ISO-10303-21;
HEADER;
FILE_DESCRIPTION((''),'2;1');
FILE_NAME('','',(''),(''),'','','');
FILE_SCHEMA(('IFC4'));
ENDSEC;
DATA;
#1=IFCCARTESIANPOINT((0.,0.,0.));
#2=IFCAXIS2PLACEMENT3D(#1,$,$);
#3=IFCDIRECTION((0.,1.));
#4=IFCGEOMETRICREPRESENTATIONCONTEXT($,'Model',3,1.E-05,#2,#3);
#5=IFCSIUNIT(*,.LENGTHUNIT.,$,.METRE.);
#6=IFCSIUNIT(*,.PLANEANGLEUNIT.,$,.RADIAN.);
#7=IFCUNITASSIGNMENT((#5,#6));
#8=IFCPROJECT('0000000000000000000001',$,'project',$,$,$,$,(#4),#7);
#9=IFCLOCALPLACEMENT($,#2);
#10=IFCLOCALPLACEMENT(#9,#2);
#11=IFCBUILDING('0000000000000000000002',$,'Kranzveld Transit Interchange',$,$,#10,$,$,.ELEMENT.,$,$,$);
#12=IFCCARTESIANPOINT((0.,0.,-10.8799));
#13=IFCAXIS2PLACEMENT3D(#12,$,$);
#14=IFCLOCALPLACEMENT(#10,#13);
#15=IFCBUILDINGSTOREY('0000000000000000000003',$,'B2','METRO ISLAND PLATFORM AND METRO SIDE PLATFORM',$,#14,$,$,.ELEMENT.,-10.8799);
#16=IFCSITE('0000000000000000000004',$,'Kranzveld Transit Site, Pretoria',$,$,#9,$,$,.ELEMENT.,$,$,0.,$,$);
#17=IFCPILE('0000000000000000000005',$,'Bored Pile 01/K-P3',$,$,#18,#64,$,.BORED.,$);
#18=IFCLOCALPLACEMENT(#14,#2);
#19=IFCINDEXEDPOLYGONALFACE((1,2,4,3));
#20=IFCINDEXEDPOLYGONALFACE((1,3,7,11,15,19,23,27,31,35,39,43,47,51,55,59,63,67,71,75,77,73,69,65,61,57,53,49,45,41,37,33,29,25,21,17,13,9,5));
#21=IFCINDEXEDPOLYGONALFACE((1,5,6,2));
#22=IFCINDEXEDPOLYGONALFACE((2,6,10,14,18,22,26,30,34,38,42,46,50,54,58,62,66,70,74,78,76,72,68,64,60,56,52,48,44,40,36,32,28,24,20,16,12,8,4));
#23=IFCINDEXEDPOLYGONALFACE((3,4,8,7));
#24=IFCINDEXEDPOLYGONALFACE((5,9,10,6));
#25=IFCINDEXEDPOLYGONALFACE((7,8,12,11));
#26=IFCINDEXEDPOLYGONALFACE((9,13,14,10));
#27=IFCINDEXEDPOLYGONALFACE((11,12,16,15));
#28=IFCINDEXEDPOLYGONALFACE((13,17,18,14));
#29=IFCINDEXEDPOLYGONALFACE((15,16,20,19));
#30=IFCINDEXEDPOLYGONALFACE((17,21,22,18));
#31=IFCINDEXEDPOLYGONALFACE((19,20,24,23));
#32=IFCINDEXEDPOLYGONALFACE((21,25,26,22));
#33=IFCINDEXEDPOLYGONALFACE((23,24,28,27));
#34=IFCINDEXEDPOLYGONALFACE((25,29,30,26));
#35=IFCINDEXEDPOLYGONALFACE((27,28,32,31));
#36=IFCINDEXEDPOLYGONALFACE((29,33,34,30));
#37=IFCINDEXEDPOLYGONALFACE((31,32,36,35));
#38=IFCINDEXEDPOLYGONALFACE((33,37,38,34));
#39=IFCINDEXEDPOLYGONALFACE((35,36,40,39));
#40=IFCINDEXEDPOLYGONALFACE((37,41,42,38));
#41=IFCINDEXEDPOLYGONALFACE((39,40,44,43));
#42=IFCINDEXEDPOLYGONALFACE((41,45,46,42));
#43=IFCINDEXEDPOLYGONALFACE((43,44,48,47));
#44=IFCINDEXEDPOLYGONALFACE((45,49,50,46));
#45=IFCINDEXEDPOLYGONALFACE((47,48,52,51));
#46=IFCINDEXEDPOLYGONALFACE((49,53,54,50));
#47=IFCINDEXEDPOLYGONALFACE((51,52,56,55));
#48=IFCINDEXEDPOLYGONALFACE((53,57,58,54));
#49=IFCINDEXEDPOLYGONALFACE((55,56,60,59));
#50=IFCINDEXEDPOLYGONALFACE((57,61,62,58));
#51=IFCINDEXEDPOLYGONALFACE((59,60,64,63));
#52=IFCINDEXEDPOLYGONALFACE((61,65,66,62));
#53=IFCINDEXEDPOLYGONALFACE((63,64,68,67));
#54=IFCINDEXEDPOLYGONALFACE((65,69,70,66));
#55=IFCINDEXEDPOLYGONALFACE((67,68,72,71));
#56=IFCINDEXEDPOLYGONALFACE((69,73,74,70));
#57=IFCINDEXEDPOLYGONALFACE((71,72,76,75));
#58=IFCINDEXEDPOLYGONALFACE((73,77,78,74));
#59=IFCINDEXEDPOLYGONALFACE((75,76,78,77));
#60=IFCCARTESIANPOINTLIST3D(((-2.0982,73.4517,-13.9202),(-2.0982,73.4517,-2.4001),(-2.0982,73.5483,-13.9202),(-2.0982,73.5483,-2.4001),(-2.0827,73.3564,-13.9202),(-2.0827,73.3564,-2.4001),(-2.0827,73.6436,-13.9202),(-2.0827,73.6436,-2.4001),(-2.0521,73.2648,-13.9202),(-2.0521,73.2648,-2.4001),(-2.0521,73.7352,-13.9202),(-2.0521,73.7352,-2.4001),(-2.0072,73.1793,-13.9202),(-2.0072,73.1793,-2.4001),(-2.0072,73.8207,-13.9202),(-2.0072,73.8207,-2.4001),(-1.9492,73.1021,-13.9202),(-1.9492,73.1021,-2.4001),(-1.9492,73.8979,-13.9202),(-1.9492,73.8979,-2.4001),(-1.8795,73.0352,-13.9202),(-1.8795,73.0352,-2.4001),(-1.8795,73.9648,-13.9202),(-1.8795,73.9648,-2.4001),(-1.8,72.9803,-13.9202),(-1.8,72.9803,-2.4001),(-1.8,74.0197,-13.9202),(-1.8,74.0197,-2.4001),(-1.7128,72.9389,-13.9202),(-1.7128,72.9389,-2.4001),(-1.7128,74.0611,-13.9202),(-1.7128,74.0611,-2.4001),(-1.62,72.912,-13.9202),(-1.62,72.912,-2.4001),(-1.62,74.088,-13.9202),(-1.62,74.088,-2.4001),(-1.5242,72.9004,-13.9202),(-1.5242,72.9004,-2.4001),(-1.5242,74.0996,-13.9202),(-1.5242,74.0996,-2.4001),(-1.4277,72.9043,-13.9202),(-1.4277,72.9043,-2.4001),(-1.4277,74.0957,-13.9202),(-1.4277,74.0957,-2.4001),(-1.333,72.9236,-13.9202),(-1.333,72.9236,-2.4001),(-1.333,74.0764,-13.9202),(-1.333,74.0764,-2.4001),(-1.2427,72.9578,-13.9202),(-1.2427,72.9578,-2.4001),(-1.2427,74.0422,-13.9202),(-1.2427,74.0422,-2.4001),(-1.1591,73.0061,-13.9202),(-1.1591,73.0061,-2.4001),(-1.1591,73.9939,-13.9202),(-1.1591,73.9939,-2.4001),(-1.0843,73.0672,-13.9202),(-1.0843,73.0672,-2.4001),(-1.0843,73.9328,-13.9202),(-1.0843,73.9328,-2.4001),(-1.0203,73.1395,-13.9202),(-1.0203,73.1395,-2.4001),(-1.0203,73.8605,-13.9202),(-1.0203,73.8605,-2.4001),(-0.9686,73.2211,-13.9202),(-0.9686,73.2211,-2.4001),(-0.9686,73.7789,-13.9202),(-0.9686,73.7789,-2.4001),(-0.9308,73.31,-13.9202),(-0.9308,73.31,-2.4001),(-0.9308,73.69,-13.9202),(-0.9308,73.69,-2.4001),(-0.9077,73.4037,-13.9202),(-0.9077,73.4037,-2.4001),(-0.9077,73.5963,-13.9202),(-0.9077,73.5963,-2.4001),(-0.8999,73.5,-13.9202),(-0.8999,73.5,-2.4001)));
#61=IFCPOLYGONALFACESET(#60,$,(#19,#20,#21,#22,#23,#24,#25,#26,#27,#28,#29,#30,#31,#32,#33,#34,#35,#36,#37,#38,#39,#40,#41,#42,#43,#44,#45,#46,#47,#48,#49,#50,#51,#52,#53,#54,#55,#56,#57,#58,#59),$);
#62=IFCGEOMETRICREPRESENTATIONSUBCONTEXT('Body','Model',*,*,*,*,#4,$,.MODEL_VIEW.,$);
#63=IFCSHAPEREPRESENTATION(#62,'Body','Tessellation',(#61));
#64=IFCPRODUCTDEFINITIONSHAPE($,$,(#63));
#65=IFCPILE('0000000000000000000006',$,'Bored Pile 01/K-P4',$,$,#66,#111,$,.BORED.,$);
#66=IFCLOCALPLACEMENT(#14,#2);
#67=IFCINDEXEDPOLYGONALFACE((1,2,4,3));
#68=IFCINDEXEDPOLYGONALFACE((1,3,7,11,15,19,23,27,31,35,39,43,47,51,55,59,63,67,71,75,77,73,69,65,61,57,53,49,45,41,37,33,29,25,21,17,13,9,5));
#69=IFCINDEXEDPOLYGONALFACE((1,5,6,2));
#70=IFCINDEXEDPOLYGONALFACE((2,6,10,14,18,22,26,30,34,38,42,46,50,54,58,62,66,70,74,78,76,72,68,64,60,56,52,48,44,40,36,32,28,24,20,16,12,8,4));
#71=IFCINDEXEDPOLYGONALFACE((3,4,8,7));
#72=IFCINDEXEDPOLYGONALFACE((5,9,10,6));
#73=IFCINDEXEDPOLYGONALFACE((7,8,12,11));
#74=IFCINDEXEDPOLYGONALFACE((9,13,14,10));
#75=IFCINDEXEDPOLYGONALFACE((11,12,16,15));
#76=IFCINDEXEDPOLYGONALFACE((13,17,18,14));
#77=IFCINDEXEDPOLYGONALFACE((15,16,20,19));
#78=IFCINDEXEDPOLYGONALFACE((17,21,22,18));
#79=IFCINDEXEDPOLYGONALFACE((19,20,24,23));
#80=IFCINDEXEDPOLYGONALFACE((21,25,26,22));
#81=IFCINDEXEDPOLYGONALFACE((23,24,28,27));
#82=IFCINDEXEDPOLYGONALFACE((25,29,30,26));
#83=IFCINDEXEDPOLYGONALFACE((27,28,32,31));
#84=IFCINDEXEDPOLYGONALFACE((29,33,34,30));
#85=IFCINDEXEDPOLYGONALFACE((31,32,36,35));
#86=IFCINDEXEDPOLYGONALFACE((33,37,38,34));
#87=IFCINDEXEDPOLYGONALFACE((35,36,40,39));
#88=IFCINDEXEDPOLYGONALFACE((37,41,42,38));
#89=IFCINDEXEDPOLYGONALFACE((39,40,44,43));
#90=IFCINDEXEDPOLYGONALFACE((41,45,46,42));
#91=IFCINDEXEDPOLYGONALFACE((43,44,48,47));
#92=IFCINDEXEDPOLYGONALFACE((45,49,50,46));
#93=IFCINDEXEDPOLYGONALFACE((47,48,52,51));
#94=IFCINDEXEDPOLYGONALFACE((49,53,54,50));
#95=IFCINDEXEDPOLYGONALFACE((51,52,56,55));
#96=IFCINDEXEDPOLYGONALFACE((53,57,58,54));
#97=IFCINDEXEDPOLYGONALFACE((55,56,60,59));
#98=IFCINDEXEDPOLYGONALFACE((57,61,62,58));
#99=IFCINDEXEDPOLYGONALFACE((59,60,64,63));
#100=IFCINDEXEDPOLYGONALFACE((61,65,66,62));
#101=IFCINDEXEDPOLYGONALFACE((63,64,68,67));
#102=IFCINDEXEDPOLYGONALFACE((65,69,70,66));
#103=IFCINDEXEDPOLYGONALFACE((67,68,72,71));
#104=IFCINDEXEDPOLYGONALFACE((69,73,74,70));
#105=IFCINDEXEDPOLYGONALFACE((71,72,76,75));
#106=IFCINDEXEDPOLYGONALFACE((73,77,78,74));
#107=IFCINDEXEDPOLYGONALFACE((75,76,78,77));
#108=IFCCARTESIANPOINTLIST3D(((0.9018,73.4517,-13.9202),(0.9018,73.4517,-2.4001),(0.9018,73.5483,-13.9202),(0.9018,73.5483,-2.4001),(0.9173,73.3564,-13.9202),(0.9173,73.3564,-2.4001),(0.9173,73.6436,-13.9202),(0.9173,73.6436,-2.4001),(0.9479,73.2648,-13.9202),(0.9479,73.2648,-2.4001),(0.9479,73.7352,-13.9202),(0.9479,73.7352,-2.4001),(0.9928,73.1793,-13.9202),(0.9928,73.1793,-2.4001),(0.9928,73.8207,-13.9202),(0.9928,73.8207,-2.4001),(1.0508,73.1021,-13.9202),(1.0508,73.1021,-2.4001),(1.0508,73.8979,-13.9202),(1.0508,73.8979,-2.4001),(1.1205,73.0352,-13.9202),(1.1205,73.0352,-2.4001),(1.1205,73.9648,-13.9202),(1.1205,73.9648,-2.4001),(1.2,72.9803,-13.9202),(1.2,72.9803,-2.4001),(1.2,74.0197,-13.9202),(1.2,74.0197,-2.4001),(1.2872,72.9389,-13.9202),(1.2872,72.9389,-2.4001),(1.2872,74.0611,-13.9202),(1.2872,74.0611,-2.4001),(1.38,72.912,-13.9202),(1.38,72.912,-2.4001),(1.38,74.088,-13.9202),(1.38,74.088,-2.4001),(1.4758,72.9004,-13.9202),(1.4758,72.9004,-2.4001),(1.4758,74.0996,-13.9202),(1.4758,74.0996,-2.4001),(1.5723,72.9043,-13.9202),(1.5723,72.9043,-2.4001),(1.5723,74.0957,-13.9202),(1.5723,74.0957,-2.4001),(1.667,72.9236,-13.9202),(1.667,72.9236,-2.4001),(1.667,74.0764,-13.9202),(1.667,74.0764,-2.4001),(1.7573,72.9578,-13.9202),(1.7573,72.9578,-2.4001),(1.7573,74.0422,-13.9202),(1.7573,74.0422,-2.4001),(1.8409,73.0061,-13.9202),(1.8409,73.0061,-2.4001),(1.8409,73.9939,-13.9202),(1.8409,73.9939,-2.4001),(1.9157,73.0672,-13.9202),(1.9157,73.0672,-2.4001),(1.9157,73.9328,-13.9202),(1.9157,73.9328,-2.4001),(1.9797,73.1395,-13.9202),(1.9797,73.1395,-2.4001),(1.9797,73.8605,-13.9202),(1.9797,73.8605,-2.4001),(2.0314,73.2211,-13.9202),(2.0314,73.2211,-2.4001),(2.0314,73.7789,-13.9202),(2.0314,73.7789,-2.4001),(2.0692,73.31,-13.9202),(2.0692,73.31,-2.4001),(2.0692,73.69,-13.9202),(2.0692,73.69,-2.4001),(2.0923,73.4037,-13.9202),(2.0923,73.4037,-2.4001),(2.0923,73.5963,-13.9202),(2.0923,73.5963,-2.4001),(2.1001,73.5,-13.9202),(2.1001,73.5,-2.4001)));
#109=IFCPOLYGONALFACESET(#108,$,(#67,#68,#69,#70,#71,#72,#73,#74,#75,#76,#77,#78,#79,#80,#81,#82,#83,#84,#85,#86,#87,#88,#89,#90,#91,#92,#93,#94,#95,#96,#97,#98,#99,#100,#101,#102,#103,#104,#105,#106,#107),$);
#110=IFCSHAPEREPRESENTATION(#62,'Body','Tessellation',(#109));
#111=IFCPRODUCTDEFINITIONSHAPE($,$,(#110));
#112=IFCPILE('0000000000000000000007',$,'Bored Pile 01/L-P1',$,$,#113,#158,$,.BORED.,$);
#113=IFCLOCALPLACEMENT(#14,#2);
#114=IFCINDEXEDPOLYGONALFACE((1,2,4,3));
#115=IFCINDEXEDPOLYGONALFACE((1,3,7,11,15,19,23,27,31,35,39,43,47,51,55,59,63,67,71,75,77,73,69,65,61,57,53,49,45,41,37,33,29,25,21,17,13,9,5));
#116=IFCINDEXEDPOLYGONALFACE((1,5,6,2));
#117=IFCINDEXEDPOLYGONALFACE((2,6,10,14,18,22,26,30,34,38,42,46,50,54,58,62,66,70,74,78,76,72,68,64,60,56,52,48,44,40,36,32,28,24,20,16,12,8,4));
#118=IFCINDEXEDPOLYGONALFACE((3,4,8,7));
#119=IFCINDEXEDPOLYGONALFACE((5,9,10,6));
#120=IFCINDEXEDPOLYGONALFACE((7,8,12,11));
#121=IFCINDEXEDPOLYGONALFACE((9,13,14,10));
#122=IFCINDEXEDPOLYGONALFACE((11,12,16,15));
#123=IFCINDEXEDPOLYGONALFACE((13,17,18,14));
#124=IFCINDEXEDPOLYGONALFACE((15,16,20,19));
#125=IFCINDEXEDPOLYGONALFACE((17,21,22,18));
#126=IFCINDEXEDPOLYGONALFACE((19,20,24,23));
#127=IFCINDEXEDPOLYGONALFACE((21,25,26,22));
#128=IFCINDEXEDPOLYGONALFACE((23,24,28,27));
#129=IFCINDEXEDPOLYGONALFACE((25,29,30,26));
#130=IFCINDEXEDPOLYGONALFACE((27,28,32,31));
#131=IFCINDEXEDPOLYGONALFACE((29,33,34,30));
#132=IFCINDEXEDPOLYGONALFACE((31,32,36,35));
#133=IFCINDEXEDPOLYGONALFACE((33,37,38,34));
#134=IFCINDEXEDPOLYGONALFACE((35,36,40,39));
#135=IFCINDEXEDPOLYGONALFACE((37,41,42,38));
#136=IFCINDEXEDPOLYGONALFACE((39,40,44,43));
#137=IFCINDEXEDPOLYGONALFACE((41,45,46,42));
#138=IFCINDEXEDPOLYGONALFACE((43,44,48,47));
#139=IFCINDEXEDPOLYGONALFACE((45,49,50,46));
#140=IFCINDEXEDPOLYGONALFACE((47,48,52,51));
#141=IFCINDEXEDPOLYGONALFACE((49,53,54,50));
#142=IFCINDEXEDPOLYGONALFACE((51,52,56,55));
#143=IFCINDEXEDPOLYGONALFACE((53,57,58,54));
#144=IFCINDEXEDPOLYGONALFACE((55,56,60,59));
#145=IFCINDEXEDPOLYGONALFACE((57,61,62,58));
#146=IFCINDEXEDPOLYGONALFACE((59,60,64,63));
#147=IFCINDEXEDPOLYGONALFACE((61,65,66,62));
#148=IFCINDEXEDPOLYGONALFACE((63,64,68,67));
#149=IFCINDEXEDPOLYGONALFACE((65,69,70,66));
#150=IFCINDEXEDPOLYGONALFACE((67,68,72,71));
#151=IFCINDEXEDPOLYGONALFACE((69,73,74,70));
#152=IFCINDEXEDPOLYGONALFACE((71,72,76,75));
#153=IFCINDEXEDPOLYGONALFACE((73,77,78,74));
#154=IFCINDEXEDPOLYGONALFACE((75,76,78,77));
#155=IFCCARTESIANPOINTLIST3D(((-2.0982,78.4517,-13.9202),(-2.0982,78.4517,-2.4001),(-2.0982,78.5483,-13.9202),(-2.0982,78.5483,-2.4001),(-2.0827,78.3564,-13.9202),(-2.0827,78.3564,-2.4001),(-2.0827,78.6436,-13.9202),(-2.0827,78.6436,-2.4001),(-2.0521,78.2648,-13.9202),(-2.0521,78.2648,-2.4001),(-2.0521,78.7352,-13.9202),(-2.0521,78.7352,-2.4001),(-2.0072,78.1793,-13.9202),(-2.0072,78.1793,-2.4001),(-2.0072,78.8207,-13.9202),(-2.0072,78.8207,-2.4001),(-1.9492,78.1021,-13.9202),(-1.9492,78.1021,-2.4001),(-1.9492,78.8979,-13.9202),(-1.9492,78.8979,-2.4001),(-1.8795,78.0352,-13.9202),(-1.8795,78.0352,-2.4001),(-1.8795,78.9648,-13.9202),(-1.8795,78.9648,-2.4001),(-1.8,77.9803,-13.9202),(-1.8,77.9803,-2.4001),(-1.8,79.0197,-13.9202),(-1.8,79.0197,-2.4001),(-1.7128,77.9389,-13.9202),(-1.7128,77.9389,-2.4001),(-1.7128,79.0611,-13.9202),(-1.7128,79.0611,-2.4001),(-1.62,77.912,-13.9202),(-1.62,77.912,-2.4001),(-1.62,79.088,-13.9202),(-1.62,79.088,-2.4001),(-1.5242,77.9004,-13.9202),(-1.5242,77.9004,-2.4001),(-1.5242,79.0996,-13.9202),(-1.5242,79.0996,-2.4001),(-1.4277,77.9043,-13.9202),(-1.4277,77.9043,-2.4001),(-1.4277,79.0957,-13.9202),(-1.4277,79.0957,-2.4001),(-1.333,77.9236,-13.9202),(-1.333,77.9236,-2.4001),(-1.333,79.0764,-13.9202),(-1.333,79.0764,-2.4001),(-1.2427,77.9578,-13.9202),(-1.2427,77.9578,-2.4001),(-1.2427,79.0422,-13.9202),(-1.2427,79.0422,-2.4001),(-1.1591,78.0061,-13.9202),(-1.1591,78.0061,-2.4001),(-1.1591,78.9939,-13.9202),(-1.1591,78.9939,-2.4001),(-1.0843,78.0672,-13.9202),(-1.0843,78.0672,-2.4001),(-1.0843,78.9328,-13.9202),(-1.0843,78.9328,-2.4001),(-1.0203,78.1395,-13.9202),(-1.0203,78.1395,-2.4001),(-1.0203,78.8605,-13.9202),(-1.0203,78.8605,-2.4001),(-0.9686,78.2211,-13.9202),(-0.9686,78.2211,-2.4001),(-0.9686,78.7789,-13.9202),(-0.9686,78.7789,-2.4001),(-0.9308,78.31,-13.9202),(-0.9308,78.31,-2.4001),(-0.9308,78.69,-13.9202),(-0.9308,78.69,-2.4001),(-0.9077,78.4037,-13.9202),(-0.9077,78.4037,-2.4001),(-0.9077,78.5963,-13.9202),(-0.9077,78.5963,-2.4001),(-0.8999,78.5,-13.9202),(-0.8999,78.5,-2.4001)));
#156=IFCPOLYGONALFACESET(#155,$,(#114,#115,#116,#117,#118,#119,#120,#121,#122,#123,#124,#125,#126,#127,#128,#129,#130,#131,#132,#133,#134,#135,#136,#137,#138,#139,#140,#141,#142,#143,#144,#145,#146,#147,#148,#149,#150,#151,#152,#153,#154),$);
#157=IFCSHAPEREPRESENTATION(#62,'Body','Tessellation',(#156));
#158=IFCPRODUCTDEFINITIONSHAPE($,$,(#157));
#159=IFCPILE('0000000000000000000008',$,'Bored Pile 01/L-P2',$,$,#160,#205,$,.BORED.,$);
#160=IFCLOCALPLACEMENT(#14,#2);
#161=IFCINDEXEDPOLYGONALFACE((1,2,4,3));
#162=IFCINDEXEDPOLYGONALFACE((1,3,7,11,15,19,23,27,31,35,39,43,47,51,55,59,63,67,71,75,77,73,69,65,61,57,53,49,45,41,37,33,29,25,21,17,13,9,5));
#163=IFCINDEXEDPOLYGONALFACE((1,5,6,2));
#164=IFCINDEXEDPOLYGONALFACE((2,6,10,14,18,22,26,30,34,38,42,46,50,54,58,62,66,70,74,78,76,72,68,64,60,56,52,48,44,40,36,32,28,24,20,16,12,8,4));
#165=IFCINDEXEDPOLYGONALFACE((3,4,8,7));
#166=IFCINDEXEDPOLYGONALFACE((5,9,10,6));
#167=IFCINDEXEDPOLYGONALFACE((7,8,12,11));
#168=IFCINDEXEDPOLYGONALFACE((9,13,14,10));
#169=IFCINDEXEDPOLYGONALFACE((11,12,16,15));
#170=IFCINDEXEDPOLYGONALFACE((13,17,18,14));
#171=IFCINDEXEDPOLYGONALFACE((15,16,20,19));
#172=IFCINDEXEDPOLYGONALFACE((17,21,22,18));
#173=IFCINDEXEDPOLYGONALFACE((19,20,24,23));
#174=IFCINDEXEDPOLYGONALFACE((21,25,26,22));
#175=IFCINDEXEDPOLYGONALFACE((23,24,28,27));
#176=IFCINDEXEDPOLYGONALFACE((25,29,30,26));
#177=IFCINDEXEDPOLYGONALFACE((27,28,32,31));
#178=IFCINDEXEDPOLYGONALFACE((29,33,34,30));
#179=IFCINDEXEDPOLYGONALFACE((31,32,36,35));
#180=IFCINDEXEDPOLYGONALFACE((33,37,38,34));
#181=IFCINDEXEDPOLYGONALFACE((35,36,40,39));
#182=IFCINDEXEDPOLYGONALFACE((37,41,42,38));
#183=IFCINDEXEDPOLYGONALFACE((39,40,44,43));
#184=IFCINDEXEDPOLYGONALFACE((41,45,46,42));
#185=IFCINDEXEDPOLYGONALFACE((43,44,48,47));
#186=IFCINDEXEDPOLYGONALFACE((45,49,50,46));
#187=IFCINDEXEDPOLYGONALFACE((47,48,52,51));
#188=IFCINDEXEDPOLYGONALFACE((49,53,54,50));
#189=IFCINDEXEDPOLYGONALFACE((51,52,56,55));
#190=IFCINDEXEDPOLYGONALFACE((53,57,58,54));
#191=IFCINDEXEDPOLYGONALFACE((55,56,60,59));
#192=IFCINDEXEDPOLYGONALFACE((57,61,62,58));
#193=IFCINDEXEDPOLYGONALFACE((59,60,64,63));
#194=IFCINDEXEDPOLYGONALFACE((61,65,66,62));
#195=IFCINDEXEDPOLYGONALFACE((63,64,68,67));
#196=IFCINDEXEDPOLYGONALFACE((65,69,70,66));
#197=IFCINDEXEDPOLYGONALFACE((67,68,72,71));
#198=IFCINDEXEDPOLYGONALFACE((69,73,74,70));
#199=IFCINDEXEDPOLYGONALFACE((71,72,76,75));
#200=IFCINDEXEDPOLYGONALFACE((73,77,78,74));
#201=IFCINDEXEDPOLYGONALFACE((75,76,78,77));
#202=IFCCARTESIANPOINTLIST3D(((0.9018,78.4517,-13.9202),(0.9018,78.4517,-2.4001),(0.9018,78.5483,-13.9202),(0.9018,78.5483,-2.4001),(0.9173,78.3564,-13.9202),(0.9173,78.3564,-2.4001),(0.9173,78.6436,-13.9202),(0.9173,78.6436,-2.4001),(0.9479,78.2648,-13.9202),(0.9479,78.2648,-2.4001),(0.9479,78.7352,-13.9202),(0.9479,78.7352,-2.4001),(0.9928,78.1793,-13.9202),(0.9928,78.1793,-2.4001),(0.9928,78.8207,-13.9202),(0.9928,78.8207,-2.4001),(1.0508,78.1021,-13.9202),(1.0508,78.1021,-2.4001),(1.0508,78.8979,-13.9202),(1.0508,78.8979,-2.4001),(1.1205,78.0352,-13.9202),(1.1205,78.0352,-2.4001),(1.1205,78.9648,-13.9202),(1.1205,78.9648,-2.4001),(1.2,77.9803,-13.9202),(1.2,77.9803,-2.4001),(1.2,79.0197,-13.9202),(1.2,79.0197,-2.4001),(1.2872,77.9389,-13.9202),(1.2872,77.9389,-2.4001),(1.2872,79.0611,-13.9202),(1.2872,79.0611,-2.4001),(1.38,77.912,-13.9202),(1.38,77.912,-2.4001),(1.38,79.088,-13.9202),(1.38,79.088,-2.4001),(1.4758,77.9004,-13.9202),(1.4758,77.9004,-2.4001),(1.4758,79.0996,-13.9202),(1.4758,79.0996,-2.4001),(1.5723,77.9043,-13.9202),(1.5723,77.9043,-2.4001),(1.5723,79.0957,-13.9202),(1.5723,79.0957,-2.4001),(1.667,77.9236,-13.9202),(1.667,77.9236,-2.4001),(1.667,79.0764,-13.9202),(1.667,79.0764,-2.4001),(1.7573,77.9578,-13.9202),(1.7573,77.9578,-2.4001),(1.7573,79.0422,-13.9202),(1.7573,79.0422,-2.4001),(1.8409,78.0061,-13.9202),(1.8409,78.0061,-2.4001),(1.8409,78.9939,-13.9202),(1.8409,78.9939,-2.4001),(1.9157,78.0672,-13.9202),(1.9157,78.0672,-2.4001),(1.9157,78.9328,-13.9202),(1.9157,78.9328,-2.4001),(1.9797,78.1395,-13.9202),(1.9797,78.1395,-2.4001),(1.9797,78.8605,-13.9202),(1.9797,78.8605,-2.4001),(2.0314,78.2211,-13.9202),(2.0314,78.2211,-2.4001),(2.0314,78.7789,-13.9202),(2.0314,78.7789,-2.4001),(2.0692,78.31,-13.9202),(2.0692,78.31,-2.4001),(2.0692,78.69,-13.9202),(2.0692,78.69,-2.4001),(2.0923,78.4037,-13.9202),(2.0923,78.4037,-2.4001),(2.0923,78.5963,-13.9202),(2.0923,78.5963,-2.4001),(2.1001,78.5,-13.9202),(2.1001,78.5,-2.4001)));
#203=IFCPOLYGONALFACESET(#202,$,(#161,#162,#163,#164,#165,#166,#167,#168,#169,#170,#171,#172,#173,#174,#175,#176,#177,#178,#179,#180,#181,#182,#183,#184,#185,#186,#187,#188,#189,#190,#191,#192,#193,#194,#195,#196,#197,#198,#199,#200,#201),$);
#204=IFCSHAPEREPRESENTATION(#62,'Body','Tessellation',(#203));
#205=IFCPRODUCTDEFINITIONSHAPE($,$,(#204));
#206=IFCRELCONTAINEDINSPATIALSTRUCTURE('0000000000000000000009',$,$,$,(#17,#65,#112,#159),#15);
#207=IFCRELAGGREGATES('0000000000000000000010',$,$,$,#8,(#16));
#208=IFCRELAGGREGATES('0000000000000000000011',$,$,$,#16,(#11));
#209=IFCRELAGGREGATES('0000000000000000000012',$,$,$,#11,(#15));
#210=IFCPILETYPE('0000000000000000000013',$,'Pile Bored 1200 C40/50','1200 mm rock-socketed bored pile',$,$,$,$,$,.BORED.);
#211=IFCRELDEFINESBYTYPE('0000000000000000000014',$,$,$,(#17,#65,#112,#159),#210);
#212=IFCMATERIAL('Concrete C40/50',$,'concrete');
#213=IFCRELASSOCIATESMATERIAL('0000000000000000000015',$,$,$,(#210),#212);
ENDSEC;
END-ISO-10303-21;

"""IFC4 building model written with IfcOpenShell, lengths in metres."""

from ifc_helpers import new_model, si_unit, direction, frame, origin, origin_2d, place, context, subcontext, project, spatial, circle, extrude, material, material_profile, profile_set, type_object, element, save


model = new_model("IFC4")

# Units and contexts
model_context = context("Model", 3, precision=1e-05, world=origin(), true_north=direction((0.0, 1.0)))
body_context = subcontext(model_context, "Body", "Model", "MODEL_VIEW")
ifc_project = project(units=[si_unit("LENGTHUNIT", "METRE"), si_unit("PLANEANGLEUNIT", "RADIAN")], contexts=[model_context])

# Site, building, storey
site_placement = place(None, origin())
site = spatial("IfcSite", under=ifc_project, at=site_placement, Name="Kranzveld Transit Site, Pretoria", CompositionType="ELEMENT", RefElevation=0.0)
building_placement = place(site_placement, origin())
building = spatial("IfcBuilding", under=site, at=building_placement, Name="Kranzveld Transit Interchange", CompositionType="ELEMENT")
storey_placement = place(building_placement, frame((0.0, 0.0, -10.8799)))
storey = spatial("IfcBuildingStorey", under=building, at=storey_placement, Name="B2", Description="METRO ISLAND PLATFORM AND METRO SIDE PLATFORM", CompositionType="ELEMENT", Elevation=-10.8799)

# Piles
ifc_material_1 = material(Name="Concrete C40/50", Category="concrete")
ifc_material_profile_1 = material_profile(ifc_material_1, circle(Radius=0.6001, at=origin_2d()), Name="BORED PILE 1200")
ifc_profile_set_1 = profile_set([ifc_material_profile_1], Name="Concrete C40/50")
pile_type = type_object("IfcPileType", Name="Pile Bored 1200 C40/50", Description="1200 mm rock-socketed bored pile", PredefinedType="BORED", material=ifc_profile_set_1)
for number, where, z_axis, x_axis, name in (
    (1, (-1.5, 73.5, -2.4001), (0.0, 0.0, -1.0), (1.0, 0.0, 0.0), "Bored Pile 01/K-P3"),
    (2, (1.5, 73.5, -2.4001), (0.0, 0.0, -1.0), (1.0, 0.0, 0.0), "Bored Pile 01/K-P4"),
    (3, (-1.5, 78.5, -2.4001), (0.0, 0.0, -1.0), (1.0, 0.0, 0.0), "Bored Pile 01/L-P1"),
    (4, (1.5, 78.5, -2.4001), (0.0, 0.0, -1.0), (1.0, 0.0, 0.0), "Bored Pile 01/L-P2"),
):
    element("IfcPile", number, at=place(storey_placement, frame(where, z_axis=z_axis, x_axis=x_axis)), inside=storey, type_object=pile_type, Name=name, PredefinedType="BORED", context=body_context, shape_type="SweptSolid", body=[
        extrude(circle(Radius=0.6001, at=origin_2d()), origin(), (0.0, 0.0, 1.0), 11.52),
    ])

save(model, "model.ifc")
